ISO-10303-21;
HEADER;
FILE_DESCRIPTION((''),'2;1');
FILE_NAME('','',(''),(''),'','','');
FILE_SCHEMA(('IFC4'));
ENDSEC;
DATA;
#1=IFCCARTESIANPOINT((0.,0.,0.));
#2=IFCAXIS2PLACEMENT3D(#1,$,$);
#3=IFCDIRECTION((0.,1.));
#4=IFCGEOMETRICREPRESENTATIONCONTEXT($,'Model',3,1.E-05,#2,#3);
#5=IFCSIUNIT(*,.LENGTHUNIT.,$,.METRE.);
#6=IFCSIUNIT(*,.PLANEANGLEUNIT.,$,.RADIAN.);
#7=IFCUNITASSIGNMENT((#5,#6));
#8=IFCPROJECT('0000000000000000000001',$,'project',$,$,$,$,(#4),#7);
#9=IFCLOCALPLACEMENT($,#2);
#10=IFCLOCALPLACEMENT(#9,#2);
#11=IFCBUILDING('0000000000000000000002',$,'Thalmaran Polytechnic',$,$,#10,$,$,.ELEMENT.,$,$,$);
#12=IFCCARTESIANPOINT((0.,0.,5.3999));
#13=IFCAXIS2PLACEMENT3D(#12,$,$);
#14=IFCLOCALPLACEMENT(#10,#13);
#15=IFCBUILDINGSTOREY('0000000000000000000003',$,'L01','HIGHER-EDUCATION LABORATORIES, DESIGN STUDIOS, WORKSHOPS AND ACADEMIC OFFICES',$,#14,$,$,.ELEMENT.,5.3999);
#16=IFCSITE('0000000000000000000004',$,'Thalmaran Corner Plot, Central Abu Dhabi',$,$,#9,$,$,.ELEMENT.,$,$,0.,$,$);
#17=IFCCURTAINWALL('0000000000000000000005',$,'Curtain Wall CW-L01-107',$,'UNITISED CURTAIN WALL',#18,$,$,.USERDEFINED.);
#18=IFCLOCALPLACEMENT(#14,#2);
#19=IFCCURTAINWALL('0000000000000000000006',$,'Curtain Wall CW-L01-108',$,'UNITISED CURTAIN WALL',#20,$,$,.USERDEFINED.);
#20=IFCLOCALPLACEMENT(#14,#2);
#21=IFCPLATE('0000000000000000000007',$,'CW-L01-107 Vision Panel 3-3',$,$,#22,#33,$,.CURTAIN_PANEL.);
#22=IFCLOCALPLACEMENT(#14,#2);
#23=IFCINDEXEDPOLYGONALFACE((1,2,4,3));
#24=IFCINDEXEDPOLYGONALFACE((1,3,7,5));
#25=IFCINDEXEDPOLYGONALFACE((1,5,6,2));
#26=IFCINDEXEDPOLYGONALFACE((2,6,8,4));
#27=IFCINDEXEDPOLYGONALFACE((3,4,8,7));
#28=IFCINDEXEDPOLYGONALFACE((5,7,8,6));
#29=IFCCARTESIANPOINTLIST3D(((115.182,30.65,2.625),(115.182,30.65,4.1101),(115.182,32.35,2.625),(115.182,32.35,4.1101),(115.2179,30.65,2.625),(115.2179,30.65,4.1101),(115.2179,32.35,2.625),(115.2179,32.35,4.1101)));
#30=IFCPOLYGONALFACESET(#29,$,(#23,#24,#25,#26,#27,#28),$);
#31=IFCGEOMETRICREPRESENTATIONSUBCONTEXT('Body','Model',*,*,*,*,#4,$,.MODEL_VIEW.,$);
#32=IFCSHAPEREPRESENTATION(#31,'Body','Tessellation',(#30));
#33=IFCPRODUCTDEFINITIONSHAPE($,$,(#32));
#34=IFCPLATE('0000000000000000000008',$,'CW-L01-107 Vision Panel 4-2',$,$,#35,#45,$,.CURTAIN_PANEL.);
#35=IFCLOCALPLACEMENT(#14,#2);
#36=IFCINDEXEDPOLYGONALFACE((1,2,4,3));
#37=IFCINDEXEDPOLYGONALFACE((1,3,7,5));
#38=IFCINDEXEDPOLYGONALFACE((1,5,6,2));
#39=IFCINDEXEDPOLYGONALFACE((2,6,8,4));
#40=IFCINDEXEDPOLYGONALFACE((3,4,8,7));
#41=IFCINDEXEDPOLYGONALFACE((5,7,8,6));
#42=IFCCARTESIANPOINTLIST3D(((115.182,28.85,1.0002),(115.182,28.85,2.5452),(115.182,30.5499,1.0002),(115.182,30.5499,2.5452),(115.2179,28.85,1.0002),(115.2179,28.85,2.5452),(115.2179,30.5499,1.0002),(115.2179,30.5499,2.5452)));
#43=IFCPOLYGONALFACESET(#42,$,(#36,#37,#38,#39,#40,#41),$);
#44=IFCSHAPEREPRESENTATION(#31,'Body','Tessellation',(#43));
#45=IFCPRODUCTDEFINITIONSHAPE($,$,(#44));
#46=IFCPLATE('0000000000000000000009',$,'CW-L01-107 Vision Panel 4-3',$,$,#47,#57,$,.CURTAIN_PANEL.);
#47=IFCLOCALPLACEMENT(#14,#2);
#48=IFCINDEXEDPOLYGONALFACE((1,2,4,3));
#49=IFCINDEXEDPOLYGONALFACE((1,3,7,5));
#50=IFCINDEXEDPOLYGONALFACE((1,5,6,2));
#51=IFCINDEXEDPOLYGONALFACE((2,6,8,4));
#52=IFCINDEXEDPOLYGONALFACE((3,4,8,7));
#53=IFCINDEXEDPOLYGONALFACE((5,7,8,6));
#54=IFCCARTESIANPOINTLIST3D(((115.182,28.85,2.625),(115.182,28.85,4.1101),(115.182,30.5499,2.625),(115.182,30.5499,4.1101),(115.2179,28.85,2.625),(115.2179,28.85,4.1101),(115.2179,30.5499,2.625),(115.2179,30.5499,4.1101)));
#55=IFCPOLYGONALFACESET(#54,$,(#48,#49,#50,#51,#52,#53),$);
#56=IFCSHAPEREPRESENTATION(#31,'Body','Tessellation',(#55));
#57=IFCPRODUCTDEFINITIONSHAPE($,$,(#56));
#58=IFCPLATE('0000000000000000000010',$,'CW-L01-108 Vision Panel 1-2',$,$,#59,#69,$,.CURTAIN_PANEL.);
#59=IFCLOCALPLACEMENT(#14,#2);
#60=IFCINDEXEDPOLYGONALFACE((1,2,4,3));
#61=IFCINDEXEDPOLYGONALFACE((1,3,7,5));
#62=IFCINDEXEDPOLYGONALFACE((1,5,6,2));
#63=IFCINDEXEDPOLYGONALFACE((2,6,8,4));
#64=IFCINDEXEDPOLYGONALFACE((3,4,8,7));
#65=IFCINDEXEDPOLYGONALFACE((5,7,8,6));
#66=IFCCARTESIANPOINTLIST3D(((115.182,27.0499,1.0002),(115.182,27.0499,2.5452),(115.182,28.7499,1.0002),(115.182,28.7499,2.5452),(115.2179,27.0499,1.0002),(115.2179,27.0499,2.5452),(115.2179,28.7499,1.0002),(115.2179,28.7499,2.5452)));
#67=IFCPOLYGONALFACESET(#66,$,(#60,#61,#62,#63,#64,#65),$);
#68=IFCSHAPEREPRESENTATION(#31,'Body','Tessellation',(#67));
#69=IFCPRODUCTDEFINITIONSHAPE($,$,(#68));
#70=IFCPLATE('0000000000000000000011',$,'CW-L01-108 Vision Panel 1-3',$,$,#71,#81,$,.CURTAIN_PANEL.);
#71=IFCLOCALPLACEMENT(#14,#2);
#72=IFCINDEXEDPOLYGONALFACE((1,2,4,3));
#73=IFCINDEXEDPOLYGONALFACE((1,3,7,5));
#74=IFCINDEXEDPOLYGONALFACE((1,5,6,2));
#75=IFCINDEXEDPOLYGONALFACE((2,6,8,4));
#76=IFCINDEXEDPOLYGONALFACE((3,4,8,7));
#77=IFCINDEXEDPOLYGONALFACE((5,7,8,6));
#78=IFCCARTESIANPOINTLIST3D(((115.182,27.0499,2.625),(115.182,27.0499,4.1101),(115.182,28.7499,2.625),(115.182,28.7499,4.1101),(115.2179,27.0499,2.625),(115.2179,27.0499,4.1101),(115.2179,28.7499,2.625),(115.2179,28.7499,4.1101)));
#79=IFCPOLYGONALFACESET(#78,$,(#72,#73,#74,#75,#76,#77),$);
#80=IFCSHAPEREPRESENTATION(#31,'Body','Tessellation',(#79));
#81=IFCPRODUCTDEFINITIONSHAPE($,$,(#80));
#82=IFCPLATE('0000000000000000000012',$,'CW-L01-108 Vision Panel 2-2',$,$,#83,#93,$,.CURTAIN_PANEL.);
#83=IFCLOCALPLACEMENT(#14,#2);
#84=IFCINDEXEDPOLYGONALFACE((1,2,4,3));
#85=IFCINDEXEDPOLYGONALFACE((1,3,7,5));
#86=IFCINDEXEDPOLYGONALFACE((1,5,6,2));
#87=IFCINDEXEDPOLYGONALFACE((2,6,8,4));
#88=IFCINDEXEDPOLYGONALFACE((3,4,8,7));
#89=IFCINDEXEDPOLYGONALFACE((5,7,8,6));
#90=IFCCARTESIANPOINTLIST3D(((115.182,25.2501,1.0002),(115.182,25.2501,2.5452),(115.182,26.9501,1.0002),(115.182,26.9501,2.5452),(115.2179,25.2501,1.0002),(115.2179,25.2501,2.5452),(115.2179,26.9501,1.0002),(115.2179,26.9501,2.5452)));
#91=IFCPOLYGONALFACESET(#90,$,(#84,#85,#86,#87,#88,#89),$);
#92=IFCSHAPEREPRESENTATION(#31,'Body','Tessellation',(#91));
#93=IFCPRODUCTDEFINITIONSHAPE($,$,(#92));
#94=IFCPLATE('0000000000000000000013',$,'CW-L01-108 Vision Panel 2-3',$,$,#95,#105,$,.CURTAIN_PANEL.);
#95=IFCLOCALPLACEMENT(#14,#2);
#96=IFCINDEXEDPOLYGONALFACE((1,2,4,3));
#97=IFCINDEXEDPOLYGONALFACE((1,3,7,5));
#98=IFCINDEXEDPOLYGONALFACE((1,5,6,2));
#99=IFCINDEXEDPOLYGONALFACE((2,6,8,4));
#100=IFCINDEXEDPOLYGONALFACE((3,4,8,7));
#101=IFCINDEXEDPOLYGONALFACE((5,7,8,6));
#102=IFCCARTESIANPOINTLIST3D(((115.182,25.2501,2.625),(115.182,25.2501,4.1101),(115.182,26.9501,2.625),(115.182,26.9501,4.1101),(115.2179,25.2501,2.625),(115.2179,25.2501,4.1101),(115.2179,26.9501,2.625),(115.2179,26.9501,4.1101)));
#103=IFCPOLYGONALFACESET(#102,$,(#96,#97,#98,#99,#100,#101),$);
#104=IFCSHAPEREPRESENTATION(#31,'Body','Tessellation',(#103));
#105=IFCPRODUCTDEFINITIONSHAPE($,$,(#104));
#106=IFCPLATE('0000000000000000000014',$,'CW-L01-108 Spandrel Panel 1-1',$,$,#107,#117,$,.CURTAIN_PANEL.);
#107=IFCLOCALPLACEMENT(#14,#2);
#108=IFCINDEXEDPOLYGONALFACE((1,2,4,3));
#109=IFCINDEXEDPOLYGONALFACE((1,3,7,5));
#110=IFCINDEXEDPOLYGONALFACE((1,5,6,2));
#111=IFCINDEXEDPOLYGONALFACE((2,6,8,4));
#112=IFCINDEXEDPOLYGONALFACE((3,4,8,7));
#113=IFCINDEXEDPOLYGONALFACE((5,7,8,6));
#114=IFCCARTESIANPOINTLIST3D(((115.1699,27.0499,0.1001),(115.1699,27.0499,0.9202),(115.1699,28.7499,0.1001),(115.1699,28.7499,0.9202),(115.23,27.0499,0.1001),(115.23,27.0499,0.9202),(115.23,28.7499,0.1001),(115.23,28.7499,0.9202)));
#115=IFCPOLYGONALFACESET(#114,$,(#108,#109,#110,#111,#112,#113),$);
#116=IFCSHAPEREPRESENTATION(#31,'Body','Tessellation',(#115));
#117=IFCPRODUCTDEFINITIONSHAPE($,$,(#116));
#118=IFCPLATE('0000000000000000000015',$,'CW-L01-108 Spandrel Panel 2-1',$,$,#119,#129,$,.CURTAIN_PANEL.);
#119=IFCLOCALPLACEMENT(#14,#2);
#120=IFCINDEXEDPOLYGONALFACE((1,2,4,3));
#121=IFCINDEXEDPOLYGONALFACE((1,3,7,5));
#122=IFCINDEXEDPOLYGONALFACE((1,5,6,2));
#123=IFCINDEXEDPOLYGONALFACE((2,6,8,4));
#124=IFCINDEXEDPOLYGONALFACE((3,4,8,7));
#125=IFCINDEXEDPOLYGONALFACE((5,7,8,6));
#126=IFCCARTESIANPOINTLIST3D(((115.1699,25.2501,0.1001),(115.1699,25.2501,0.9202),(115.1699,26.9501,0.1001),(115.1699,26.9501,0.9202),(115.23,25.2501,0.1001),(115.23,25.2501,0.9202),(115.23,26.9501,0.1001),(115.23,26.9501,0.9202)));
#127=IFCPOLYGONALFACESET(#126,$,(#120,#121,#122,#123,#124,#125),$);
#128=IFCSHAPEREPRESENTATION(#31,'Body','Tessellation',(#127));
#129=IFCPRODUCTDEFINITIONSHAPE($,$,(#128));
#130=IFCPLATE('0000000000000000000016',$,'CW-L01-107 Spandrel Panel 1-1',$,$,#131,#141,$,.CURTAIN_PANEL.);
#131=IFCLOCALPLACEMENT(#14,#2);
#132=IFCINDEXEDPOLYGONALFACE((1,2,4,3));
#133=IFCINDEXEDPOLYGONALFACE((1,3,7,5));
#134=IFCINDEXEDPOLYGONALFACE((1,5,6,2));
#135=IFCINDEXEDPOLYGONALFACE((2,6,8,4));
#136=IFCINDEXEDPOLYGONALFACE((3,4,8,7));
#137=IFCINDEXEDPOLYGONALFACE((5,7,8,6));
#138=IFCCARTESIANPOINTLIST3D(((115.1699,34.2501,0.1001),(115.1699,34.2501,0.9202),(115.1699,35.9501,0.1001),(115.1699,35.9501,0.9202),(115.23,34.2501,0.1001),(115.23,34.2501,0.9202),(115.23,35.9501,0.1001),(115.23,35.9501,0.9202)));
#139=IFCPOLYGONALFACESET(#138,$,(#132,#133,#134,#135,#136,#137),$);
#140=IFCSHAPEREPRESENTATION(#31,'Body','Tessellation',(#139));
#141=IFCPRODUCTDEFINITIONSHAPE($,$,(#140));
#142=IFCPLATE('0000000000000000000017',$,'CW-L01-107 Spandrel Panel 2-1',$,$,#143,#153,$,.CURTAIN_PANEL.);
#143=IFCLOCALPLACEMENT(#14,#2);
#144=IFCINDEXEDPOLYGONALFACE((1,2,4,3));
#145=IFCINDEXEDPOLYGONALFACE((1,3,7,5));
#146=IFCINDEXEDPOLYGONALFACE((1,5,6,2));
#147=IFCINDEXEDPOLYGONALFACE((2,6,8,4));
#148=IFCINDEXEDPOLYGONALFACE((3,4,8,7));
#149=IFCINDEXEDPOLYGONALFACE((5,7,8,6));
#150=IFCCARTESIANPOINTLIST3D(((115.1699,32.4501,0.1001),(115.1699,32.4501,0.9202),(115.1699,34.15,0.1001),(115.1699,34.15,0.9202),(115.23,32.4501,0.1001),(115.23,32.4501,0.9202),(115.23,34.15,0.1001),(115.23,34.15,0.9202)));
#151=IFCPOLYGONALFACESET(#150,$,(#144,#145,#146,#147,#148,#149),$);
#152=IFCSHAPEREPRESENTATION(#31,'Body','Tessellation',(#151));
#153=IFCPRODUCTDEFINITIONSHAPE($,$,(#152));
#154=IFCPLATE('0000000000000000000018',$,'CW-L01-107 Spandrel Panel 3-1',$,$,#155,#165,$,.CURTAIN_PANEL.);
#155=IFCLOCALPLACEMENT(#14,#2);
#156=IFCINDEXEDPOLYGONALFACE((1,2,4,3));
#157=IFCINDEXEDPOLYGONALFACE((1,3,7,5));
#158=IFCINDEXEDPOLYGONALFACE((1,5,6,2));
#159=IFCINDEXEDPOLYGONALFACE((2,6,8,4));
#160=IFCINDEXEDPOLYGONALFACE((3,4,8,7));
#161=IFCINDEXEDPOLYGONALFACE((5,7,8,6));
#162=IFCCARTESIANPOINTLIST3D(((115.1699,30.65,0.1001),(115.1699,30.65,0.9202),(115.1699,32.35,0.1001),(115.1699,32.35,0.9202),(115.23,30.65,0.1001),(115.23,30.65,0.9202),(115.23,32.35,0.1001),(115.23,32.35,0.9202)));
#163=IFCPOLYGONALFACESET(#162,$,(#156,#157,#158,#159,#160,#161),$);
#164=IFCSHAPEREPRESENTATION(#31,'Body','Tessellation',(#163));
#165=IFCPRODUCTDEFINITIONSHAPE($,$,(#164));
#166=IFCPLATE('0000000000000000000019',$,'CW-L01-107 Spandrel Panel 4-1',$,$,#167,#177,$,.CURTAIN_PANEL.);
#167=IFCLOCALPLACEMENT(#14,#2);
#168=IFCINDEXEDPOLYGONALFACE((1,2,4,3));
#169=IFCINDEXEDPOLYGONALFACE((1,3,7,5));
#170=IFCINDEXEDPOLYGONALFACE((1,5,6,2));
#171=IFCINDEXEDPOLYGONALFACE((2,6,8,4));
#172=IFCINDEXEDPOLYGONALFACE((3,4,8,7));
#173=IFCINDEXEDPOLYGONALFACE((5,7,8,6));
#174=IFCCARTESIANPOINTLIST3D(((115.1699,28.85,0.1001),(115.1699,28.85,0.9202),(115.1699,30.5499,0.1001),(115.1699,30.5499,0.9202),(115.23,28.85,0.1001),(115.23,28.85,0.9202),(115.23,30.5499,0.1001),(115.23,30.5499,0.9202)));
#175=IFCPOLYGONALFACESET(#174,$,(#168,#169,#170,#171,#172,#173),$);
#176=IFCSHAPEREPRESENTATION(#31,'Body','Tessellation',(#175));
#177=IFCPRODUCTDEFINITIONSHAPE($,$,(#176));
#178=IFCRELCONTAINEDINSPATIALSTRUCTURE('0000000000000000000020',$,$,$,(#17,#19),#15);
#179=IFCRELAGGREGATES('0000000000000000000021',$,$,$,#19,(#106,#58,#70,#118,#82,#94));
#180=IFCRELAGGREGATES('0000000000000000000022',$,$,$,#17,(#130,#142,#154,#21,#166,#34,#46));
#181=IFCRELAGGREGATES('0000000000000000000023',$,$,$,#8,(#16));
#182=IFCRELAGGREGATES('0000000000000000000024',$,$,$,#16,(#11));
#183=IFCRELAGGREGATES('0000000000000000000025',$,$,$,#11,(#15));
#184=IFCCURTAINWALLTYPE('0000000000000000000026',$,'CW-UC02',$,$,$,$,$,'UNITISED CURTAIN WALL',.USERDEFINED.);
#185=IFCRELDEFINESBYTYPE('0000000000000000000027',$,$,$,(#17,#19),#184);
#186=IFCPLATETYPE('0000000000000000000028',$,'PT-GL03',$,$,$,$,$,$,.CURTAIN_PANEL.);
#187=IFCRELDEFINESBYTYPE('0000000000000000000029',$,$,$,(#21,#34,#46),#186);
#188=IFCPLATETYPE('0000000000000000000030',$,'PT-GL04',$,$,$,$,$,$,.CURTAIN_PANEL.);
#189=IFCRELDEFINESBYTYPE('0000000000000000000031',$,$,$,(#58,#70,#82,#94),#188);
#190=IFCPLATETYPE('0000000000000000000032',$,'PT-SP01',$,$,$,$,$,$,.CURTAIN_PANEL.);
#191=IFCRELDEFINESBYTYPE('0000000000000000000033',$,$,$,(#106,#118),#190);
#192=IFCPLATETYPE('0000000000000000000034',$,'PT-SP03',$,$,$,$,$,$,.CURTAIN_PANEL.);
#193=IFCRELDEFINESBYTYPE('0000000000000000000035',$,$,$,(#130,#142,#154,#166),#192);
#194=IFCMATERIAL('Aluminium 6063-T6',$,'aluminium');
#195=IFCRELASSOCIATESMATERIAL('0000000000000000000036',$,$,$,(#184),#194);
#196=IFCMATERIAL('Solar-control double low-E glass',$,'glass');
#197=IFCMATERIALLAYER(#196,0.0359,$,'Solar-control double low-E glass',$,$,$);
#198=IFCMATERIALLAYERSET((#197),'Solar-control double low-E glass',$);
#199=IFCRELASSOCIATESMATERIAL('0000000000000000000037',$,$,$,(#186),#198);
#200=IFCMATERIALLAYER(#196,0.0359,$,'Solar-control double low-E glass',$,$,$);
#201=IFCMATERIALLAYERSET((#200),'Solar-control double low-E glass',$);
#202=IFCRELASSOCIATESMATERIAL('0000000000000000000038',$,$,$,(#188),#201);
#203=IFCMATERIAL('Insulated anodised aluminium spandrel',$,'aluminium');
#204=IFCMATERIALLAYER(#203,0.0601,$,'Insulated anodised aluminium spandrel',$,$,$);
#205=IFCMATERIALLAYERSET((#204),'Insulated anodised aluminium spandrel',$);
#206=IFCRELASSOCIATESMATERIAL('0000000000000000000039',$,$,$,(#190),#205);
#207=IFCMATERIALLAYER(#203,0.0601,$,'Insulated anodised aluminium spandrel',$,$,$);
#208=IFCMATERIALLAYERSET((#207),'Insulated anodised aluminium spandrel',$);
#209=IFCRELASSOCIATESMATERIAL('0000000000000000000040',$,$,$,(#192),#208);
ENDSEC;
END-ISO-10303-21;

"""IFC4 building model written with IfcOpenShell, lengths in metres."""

from ifc_helpers import new_model, si_unit, direction, frame, origin, origin_2d, place, context, subcontext, project, spatial, rectangle, extrude, material, layer, layer_set, type_object, element, aggregate, save


model = new_model("IFC4")

# Units and contexts
model_context = context("Model", 3, precision=1e-05, world=origin(), true_north=direction((0.0, 1.0)))
body_context = subcontext(model_context, "Body", "Model", "MODEL_VIEW")
ifc_project = project(units=[si_unit("LENGTHUNIT", "METRE"), si_unit("PLANEANGLEUNIT", "RADIAN")], contexts=[model_context])

# Site, building, storey
site_placement = place(None, origin())
site = spatial("IfcSite", under=ifc_project, at=site_placement, Name="Thalmaran Corner Plot, Central Abu Dhabi", CompositionType="ELEMENT", RefElevation=0.0)
building_placement = place(site_placement, origin())
building = spatial("IfcBuilding", under=site, at=building_placement, Name="Thalmaran Polytechnic", CompositionType="ELEMENT")
storey_placement = place(building_placement, frame((0.0, 0.0, 5.3999)))
storey = spatial("IfcBuildingStorey", under=building, at=storey_placement, Name="L01", Description="HIGHER-EDUCATION LABORATORIES, DESIGN STUDIOS, WORKSHOPS AND ACADEMIC OFFICES", CompositionType="ELEMENT", Elevation=5.3999)

# Curtain walls
ifc_material_1 = material(Name="Aluminium 6063-T6", Category="aluminium")
curtain_wall_type = type_object("IfcCurtainWallType", Name="CW-UC02", ElementType="UNITISED CURTAIN WALL", PredefinedType="USERDEFINED", material=ifc_material_1)
curtain_wall_1_placement = place(storey_placement, origin())
curtain_wall_1 = element("IfcCurtainWall", 1, at=curtain_wall_1_placement, inside=storey, type_object=curtain_wall_type, Name="Curtain Wall CW-L01-107", ObjectType="UNITISED CURTAIN WALL", PredefinedType="USERDEFINED")
curtain_wall_2_placement = place(storey_placement, origin())
curtain_wall_2 = element("IfcCurtainWall", 2, at=curtain_wall_2_placement, inside=storey, type_object=curtain_wall_type, Name="Curtain Wall CW-L01-108", ObjectType="UNITISED CURTAIN WALL", PredefinedType="USERDEFINED")

# Plates
ifc_material_2 = material(Name="Solar-control double low-E glass", Category="glass")
ifc_layer_1 = layer(ifc_material_2, 0.0359, Name="Solar-control double low-E glass")
ifc_layer_set_1 = layer_set([ifc_layer_1], Name="Solar-control double low-E glass")
plate_type_1 = type_object("IfcPlateType", Name="PT-GL03", PredefinedType="CURTAIN_PANEL", material=ifc_layer_set_1)
plate_1_placement = place(storey_placement, frame((115.2, 31.5, 2.625), z_axis=(0.0, 0.0, 1.0), x_axis=(0.0, -1.0, 0.0)))
plate_1 = element("IfcPlate", 3, at=plate_1_placement, type_object=plate_type_1, Name="CW-L01-107 Vision Panel 3-3", PredefinedType="CURTAIN_PANEL", context=body_context, shape_type="SweptSolid", body=[
    extrude(rectangle(XDim=1.7, YDim=0.0359, at=origin_2d()), origin(), (0.0, 0.0, 1.0), 1.4851),
])
plate_2_placement = place(storey_placement, frame((115.2, 29.7, 1.0002), z_axis=(0.0, 0.0, 1.0), x_axis=(0.0, -1.0, 0.0)))
plate_2 = element("IfcPlate", 4, at=plate_2_placement, type_object=plate_type_1, Name="CW-L01-107 Vision Panel 4-2", PredefinedType="CURTAIN_PANEL", context=body_context, shape_type="SweptSolid", body=[
    extrude(rectangle(XDim=1.7, YDim=0.0359, at=origin_2d()), origin(), (0.0, 0.0, 1.0), 1.5449),
])
plate_3_placement = place(storey_placement, frame((115.2, 29.7, 2.625), z_axis=(0.0, 0.0, 1.0), x_axis=(0.0, -1.0, 0.0)))
plate_3 = element("IfcPlate", 5, at=plate_3_placement, type_object=plate_type_1, Name="CW-L01-107 Vision Panel 4-3", PredefinedType="CURTAIN_PANEL", context=body_context, shape_type="SweptSolid", body=[
    extrude(rectangle(XDim=1.7, YDim=0.0359, at=origin_2d()), origin(), (0.0, 0.0, 1.0), 1.4851),
])
ifc_layer_2 = layer(ifc_material_2, 0.0359, Name="Solar-control double low-E glass")
ifc_layer_set_2 = layer_set([ifc_layer_2], Name="Solar-control double low-E glass")
plate_type_2 = type_object("IfcPlateType", Name="PT-GL04", PredefinedType="CURTAIN_PANEL", material=ifc_layer_set_2)
plate_4_placement = place(storey_placement, frame((115.2, 27.8999, 1.0002), z_axis=(0.0, 0.0, 1.0), x_axis=(0.0, -1.0, 0.0)))
plate_4 = element("IfcPlate", 6, at=plate_4_placement, type_object=plate_type_2, Name="CW-L01-108 Vision Panel 1-2", PredefinedType="CURTAIN_PANEL", context=body_context, shape_type="SweptSolid", body=[
    extrude(rectangle(XDim=1.7, YDim=0.0359, at=origin_2d()), origin(), (0.0, 0.0, 1.0), 1.5449),
])
plate_5_placement = place(storey_placement, frame((115.2, 27.8999, 2.625), z_axis=(0.0, 0.0, 1.0), x_axis=(0.0, -1.0, 0.0)))
plate_5 = element("IfcPlate", 7, at=plate_5_placement, type_object=plate_type_2, Name="CW-L01-108 Vision Panel 1-3", PredefinedType="CURTAIN_PANEL", context=body_context, shape_type="SweptSolid", body=[
    extrude(rectangle(XDim=1.7, YDim=0.0359, at=origin_2d()), origin(), (0.0, 0.0, 1.0), 1.4851),
])
plate_6_placement = place(storey_placement, frame((115.2, 26.1001, 1.0002), z_axis=(0.0, 0.0, 1.0), x_axis=(0.0, -1.0, 0.0)))
plate_6 = element("IfcPlate", 8, at=plate_6_placement, type_object=plate_type_2, Name="CW-L01-108 Vision Panel 2-2", PredefinedType="CURTAIN_PANEL", context=body_context, shape_type="SweptSolid", body=[
    extrude(rectangle(XDim=1.7, YDim=0.0359, at=origin_2d()), origin(), (0.0, 0.0, 1.0), 1.5449),
])
plate_7_placement = place(storey_placement, frame((115.2, 26.1001, 2.625), z_axis=(0.0, 0.0, 1.0), x_axis=(0.0, -1.0, 0.0)))
plate_7 = element("IfcPlate", 9, at=plate_7_placement, type_object=plate_type_2, Name="CW-L01-108 Vision Panel 2-3", PredefinedType="CURTAIN_PANEL", context=body_context, shape_type="SweptSolid", body=[
    extrude(rectangle(XDim=1.7, YDim=0.0359, at=origin_2d()), origin(), (0.0, 0.0, 1.0), 1.4851),
])
ifc_material_3 = material(Name="Insulated anodised aluminium spandrel", Category="aluminium")
ifc_layer_3 = layer(ifc_material_3, 0.0601, Name="Insulated anodised aluminium spandrel")
ifc_layer_set_3 = layer_set([ifc_layer_3], Name="Insulated anodised aluminium spandrel")
plate_type_3 = type_object("IfcPlateType", Name="PT-SP01", PredefinedType="CURTAIN_PANEL", material=ifc_layer_set_3)
plate_8_placement = place(storey_placement, frame((115.2, 27.8999, 0.1001), z_axis=(0.0, 0.0, 1.0), x_axis=(0.0, -1.0, 0.0)))
plate_8 = element("IfcPlate", 10, at=plate_8_placement, type_object=plate_type_3, Name="CW-L01-108 Spandrel Panel 1-1", PredefinedType="CURTAIN_PANEL", context=body_context, shape_type="SweptSolid", body=[
    extrude(rectangle(XDim=1.7, YDim=0.0601, at=origin_2d()), origin(), (0.0, 0.0, 1.0), 0.8201),
])
plate_9_placement = place(storey_placement, frame((115.2, 26.1001, 0.1001), z_axis=(0.0, 0.0, 1.0), x_axis=(0.0, -1.0, 0.0)))
plate_9 = element("IfcPlate", 11, at=plate_9_placement, type_object=plate_type_3, Name="CW-L01-108 Spandrel Panel 2-1", PredefinedType="CURTAIN_PANEL", context=body_context, shape_type="SweptSolid", body=[
    extrude(rectangle(XDim=1.7, YDim=0.0601, at=origin_2d()), origin(), (0.0, 0.0, 1.0), 0.8201),
])
aggregate(curtain_wall_2, [plate_8, plate_4, plate_5, plate_9, plate_6, plate_7])
ifc_layer_4 = layer(ifc_material_3, 0.0601, Name="Insulated anodised aluminium spandrel")
ifc_layer_set_4 = layer_set([ifc_layer_4], Name="Insulated anodised aluminium spandrel")
plate_type_4 = type_object("IfcPlateType", Name="PT-SP03", PredefinedType="CURTAIN_PANEL", material=ifc_layer_set_4)
plate_10_placement = place(storey_placement, frame((115.2, 35.1001, 0.1001), z_axis=(0.0, 0.0, 1.0), x_axis=(0.0, -1.0, 0.0)))
plate_10 = element("IfcPlate", 12, at=plate_10_placement, type_object=plate_type_4, Name="CW-L01-107 Spandrel Panel 1-1", PredefinedType="CURTAIN_PANEL", context=body_context, shape_type="SweptSolid", body=[
    extrude(rectangle(XDim=1.7, YDim=0.0601, at=origin_2d()), origin(), (0.0, 0.0, 1.0), 0.8201),
])
plate_11_placement = place(storey_placement, frame((115.2, 33.3, 0.1001), z_axis=(0.0, 0.0, 1.0), x_axis=(0.0, -1.0, 0.0)))
plate_11 = element("IfcPlate", 13, at=plate_11_placement, type_object=plate_type_4, Name="CW-L01-107 Spandrel Panel 2-1", PredefinedType="CURTAIN_PANEL", context=body_context, shape_type="SweptSolid", body=[
    extrude(rectangle(XDim=1.7, YDim=0.0601, at=origin_2d()), origin(), (0.0, 0.0, 1.0), 0.8201),
])
plate_12_placement = place(storey_placement, frame((115.2, 31.5, 0.1001), z_axis=(0.0, 0.0, 1.0), x_axis=(0.0, -1.0, 0.0)))
plate_12 = element("IfcPlate", 14, at=plate_12_placement, type_object=plate_type_4, Name="CW-L01-107 Spandrel Panel 3-1", PredefinedType="CURTAIN_PANEL", context=body_context, shape_type="SweptSolid", body=[
    extrude(rectangle(XDim=1.7, YDim=0.0601, at=origin_2d()), origin(), (0.0, 0.0, 1.0), 0.8201),
])
plate_13_placement = place(storey_placement, frame((115.2, 29.7, 0.1001), z_axis=(0.0, 0.0, 1.0), x_axis=(0.0, -1.0, 0.0)))
plate_13 = element("IfcPlate", 15, at=plate_13_placement, type_object=plate_type_4, Name="CW-L01-107 Spandrel Panel 4-1", PredefinedType="CURTAIN_PANEL", context=body_context, shape_type="SweptSolid", body=[
    extrude(rectangle(XDim=1.7, YDim=0.0601, at=origin_2d()), origin(), (0.0, 0.0, 1.0), 0.8201),
])
aggregate(curtain_wall_1, [plate_10, plate_11, plate_12, plate_1, plate_13, plate_2, plate_3])

save(model, "model.ifc")
